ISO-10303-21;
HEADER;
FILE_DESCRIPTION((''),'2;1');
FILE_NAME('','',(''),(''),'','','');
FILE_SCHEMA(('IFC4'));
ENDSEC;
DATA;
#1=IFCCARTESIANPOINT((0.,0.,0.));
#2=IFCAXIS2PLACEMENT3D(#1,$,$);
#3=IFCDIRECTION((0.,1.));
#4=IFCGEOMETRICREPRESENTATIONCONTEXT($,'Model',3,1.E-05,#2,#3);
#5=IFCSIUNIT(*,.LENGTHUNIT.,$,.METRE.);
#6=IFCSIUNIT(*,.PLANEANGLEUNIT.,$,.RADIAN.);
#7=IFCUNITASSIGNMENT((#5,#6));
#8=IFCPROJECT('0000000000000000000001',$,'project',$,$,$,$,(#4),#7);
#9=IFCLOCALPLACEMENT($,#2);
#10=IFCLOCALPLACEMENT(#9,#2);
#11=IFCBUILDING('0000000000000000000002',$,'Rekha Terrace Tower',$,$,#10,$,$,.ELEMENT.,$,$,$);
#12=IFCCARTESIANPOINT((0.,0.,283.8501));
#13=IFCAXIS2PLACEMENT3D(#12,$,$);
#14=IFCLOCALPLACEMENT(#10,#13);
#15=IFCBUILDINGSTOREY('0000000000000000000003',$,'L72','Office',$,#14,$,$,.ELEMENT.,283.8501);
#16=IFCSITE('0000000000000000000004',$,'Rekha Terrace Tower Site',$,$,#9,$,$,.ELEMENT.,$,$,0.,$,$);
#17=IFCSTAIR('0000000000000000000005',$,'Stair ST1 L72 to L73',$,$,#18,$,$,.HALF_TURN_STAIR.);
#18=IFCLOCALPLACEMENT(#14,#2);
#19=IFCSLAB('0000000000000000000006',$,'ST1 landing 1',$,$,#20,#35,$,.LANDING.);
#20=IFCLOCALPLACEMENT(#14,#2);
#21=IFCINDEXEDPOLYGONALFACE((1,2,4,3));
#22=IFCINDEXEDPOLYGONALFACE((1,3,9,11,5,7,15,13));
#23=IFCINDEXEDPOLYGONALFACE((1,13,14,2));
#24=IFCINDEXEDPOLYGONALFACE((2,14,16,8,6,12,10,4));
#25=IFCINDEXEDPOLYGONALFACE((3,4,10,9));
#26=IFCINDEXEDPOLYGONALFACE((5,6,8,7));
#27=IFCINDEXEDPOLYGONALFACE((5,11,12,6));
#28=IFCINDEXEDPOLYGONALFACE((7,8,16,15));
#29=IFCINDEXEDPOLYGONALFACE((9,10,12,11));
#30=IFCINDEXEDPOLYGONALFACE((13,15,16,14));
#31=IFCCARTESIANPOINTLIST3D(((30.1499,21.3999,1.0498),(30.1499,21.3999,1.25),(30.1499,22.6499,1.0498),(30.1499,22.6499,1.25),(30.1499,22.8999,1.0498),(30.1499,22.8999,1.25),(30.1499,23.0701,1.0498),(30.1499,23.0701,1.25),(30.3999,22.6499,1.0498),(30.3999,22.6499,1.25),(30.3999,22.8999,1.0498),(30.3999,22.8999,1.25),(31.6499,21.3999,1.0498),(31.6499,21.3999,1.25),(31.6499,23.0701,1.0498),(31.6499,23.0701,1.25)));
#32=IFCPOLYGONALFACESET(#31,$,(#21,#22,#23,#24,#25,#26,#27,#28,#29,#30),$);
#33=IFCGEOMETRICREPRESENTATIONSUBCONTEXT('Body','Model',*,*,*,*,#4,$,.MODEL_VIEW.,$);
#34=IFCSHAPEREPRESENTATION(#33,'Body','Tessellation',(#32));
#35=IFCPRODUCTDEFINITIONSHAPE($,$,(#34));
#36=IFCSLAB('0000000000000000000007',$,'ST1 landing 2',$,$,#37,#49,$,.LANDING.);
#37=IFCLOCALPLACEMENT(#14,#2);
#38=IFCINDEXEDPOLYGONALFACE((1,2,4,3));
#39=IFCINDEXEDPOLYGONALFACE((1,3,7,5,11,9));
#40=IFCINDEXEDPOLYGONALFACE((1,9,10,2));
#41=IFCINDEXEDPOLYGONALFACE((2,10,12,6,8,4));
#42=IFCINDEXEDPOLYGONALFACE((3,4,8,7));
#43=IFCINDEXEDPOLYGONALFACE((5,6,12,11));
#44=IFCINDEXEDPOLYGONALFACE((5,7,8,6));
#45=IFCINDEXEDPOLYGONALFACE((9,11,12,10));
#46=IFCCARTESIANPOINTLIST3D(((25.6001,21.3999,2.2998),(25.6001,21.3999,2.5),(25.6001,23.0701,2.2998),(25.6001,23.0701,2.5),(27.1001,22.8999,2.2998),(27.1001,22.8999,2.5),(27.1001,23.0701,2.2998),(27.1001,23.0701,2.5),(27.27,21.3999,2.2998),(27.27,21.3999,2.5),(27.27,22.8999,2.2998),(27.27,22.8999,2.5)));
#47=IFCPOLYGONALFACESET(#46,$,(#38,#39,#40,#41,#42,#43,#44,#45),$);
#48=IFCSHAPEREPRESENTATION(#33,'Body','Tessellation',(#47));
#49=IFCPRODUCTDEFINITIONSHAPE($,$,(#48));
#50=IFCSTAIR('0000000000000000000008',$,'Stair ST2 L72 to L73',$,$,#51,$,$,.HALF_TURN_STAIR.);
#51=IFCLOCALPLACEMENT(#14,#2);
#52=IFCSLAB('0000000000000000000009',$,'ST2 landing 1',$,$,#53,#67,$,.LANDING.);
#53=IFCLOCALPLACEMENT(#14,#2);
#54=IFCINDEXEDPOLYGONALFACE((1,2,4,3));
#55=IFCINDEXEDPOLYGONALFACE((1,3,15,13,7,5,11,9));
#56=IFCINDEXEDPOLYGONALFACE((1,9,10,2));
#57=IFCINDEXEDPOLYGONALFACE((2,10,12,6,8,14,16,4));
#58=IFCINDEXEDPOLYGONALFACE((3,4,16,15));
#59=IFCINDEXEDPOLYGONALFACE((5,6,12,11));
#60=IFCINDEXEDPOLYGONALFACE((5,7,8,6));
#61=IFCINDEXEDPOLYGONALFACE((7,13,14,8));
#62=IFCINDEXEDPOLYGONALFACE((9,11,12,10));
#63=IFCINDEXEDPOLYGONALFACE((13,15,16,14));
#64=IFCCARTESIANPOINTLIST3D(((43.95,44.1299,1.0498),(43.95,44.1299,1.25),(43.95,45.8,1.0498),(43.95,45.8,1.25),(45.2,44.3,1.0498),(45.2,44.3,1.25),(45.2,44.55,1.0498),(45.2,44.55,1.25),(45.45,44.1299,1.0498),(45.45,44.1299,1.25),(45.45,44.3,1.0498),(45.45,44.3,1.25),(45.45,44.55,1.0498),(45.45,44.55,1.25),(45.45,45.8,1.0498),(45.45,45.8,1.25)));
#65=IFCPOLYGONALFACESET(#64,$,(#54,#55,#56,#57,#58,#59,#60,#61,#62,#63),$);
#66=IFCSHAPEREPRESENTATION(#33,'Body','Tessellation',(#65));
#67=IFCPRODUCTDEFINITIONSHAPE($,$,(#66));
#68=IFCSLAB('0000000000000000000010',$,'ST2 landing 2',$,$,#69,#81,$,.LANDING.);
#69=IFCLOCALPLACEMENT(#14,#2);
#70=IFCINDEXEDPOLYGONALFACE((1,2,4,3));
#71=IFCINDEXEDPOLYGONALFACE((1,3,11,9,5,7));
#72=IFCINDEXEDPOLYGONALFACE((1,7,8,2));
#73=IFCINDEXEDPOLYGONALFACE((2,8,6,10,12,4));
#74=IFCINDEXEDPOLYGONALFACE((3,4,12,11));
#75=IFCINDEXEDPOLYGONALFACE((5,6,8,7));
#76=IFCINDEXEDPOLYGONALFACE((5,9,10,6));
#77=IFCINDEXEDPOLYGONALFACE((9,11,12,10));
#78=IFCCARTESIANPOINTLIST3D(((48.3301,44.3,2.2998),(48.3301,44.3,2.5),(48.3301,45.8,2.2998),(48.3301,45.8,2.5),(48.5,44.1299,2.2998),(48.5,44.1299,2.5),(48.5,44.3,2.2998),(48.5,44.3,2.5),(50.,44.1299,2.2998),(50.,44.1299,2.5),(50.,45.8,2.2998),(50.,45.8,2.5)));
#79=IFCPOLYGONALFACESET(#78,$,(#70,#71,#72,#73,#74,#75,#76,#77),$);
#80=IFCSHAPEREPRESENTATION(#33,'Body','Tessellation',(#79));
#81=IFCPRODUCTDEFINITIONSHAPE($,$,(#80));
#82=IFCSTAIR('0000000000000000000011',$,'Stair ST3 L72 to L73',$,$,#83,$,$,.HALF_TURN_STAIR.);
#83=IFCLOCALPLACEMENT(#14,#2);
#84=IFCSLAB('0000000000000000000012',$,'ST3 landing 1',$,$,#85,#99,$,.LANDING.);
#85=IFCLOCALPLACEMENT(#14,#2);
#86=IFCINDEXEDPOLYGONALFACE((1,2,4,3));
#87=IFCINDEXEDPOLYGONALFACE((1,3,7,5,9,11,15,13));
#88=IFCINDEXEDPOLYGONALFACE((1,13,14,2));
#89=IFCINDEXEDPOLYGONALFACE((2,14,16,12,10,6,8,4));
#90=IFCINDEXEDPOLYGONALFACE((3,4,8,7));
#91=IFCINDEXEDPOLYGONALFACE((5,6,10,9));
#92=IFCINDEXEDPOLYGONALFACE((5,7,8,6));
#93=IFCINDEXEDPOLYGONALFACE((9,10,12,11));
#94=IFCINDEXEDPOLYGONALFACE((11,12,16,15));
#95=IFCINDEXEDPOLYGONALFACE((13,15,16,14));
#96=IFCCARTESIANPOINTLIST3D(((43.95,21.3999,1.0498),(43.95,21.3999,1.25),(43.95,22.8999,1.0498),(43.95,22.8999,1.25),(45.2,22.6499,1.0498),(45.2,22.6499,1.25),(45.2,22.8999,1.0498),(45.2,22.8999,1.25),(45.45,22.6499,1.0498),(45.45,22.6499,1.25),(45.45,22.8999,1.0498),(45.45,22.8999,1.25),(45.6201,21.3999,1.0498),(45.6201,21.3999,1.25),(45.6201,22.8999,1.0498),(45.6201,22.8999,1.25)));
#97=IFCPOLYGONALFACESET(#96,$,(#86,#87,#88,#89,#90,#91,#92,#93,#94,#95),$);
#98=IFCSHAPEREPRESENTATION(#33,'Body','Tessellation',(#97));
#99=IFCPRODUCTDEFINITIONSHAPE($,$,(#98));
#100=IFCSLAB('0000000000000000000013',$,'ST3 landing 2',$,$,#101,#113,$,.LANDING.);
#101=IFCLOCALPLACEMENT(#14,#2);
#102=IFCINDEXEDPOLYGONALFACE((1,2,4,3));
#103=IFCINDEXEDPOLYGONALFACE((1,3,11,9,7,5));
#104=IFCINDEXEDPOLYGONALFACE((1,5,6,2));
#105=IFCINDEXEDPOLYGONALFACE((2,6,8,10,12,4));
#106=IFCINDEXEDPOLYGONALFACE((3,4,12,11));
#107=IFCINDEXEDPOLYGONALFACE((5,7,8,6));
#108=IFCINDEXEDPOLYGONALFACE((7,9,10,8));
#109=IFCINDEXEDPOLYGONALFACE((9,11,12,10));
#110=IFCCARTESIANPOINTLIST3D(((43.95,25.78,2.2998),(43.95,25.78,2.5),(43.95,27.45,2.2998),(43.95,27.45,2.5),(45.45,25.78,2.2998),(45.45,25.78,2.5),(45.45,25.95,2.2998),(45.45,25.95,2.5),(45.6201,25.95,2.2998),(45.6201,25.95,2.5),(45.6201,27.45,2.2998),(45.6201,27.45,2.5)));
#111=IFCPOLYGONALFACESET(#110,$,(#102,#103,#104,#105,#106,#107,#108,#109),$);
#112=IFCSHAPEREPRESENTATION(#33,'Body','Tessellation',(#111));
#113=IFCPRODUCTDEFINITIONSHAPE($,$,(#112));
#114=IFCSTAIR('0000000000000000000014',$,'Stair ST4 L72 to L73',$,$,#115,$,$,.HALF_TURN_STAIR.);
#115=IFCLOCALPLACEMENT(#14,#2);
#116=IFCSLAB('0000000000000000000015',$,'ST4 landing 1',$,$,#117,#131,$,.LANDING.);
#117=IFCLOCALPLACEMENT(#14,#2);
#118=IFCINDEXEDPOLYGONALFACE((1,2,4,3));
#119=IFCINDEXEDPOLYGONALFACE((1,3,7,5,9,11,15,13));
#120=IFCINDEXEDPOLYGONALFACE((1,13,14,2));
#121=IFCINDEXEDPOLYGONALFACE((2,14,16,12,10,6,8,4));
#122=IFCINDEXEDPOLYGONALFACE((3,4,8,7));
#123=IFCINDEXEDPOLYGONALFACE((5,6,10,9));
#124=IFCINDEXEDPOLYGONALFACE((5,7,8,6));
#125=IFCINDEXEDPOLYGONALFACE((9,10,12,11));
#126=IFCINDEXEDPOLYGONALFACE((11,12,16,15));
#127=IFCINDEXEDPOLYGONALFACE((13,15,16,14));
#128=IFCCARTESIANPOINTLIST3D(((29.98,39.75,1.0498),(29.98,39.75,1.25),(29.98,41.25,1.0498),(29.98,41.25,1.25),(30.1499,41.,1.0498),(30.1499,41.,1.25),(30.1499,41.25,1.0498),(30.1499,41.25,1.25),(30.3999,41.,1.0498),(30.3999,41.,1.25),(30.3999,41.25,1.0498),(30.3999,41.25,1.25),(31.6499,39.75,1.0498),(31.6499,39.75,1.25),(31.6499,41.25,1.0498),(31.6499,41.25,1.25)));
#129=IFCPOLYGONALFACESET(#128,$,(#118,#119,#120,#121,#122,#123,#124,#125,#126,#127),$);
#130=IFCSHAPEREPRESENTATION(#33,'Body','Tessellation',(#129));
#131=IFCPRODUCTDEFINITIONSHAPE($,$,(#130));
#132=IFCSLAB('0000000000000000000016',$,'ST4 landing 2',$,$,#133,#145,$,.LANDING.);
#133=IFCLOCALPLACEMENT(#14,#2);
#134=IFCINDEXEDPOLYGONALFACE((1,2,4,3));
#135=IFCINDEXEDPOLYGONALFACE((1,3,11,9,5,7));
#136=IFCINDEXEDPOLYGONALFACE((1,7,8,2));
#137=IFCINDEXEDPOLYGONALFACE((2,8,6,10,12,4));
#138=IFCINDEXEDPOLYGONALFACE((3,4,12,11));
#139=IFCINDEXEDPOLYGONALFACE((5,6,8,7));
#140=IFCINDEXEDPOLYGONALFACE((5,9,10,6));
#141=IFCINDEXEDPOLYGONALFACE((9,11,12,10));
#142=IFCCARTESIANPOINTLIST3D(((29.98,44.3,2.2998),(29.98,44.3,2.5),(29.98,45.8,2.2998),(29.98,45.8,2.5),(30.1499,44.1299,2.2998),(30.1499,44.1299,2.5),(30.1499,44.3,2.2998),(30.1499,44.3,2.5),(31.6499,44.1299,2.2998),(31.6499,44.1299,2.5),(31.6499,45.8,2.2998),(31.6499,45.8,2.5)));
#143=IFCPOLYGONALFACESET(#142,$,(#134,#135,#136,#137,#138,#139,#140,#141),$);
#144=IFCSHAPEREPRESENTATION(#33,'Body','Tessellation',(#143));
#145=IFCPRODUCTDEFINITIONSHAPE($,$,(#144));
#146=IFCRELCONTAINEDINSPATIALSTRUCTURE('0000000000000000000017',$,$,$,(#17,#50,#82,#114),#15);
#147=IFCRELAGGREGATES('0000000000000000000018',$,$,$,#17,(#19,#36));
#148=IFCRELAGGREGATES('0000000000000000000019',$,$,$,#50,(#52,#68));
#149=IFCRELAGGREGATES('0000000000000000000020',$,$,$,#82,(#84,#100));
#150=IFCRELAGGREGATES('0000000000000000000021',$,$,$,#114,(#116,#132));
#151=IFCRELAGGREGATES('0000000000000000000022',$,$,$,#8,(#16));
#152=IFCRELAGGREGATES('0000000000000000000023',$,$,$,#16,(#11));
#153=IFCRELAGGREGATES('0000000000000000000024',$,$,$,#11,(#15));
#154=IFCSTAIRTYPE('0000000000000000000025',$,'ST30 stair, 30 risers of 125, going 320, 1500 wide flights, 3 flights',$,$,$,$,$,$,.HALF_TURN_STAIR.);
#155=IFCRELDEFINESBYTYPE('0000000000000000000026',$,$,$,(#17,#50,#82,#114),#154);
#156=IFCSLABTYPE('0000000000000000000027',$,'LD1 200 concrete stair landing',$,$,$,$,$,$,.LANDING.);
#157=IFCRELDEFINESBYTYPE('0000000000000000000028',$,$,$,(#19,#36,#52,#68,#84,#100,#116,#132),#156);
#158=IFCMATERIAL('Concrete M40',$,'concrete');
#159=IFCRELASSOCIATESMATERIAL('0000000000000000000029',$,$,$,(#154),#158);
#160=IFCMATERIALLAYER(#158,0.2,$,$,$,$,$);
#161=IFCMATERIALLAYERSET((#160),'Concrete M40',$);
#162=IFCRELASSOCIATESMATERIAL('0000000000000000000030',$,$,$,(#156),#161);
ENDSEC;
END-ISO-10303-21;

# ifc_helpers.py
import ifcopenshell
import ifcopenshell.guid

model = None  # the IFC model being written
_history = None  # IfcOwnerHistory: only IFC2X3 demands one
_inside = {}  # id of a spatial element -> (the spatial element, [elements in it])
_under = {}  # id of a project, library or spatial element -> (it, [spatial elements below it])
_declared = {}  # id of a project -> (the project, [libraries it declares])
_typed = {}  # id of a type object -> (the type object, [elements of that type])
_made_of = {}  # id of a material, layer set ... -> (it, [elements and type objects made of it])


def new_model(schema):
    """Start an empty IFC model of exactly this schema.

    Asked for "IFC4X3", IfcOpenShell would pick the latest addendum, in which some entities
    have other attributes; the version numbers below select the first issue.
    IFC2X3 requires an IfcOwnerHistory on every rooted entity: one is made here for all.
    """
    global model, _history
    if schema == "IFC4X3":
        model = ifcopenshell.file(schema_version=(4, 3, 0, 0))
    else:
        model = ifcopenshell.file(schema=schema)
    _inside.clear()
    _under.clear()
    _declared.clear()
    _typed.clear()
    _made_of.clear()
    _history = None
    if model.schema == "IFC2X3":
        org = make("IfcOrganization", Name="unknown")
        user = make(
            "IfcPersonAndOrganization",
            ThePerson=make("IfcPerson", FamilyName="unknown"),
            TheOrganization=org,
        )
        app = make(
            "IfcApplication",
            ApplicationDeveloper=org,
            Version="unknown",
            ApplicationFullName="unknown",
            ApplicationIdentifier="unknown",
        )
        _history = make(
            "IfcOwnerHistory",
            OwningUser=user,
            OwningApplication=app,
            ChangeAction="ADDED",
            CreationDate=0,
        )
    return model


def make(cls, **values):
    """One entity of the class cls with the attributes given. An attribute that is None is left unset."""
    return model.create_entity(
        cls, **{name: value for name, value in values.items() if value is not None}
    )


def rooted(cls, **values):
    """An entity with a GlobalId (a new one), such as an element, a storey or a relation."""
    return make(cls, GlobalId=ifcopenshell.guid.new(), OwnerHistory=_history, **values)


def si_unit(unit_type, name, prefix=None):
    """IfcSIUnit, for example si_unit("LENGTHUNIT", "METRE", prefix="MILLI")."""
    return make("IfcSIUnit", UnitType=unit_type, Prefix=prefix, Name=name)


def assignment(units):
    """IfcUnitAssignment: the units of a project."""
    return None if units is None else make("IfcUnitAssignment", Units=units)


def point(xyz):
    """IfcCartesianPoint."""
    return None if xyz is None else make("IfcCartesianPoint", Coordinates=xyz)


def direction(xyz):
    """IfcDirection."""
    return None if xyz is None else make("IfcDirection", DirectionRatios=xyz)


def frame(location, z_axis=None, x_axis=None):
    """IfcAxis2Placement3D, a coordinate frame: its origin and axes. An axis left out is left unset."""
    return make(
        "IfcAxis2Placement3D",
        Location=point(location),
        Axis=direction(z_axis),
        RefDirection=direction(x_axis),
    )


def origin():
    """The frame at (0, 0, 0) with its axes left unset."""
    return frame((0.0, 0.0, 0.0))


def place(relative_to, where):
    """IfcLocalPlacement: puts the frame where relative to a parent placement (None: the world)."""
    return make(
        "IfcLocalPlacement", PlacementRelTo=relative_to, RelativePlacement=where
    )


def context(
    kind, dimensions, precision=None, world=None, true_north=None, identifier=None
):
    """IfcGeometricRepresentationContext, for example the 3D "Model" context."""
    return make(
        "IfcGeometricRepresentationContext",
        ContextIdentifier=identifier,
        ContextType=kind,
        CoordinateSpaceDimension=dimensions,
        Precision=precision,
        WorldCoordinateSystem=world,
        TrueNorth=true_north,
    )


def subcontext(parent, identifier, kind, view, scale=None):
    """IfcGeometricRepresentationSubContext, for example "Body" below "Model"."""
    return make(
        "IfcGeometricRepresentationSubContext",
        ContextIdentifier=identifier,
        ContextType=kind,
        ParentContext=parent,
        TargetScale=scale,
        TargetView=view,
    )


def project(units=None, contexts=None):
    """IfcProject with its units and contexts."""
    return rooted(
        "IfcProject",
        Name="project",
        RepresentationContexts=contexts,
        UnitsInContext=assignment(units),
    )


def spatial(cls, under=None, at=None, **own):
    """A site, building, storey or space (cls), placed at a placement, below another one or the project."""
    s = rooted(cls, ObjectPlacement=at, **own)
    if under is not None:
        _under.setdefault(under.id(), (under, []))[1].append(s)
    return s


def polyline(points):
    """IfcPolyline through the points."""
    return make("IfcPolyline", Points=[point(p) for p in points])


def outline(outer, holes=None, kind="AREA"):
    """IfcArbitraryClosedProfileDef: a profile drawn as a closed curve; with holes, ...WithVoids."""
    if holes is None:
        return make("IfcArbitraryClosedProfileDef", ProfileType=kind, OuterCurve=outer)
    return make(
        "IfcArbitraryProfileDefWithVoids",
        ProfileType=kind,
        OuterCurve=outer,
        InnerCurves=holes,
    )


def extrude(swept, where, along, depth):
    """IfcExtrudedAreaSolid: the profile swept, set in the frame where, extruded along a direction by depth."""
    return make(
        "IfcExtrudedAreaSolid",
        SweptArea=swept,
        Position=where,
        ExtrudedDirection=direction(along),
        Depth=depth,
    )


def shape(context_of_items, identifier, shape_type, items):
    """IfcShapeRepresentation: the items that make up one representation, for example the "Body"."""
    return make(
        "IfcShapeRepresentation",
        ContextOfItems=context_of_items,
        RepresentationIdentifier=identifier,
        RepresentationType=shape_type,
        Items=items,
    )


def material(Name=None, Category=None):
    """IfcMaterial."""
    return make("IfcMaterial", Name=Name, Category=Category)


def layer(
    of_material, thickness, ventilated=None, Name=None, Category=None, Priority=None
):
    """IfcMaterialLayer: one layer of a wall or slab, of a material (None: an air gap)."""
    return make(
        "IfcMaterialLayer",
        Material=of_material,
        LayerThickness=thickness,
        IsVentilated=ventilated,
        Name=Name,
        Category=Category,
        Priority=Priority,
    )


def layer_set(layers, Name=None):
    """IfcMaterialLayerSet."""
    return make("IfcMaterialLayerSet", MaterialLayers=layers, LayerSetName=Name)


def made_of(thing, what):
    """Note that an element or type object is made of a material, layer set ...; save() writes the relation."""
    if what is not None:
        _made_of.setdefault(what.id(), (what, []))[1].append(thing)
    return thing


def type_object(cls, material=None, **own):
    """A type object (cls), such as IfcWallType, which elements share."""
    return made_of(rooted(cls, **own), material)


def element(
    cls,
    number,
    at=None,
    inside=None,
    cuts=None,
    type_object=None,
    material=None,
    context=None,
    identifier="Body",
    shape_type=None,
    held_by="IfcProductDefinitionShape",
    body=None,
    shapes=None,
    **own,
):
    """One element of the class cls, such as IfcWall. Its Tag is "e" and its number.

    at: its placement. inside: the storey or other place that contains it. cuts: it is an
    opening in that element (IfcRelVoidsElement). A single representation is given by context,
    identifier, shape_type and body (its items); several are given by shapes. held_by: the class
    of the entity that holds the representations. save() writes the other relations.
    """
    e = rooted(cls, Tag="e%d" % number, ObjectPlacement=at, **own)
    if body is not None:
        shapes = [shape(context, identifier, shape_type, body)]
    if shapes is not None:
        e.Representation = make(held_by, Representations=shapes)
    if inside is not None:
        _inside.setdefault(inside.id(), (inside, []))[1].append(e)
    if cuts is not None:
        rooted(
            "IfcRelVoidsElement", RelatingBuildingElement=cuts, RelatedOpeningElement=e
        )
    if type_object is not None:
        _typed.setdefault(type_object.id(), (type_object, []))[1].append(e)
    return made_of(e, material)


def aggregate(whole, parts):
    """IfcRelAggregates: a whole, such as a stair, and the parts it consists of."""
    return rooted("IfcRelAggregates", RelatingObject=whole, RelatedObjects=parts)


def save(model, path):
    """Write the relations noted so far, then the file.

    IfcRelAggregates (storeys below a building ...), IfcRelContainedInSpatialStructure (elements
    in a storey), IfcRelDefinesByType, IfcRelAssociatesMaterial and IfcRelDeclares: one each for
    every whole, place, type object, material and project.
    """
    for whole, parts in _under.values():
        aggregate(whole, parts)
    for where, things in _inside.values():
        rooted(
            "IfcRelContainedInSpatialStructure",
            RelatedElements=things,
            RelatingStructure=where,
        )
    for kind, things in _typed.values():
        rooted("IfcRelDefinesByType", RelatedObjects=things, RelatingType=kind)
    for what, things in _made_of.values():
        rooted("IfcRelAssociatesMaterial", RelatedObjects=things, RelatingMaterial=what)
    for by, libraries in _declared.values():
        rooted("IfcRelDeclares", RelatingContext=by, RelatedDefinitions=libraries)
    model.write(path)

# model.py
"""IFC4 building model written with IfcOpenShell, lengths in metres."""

from ifc_helpers import new_model, si_unit, direction, frame, origin, place, context, subcontext, project, spatial, polyline, outline, extrude, material, layer, layer_set, type_object, element, aggregate, save


model = new_model("IFC4")

# Units and contexts
model_context = context("Model", 3, precision=1e-05, world=origin(), true_north=direction((0.0, 1.0)))
body_context = subcontext(model_context, "Body", "Model", "MODEL_VIEW")
ifc_project = project(units=[si_unit("LENGTHUNIT", "METRE"), si_unit("PLANEANGLEUNIT", "RADIAN")], contexts=[model_context])

# Site, building, storey
site_placement = place(None, origin())
site = spatial("IfcSite", under=ifc_project, at=site_placement, Name="Rekha Terrace Tower Site", CompositionType="ELEMENT", RefElevation=0.0)
building_placement = place(site_placement, origin())
building = spatial("IfcBuilding", under=site, at=building_placement, Name="Rekha Terrace Tower", CompositionType="ELEMENT")
storey_placement = place(building_placement, frame((0.0, 0.0, 283.8501)))
storey = spatial("IfcBuildingStorey", under=building, at=storey_placement, Name="L72", Description="Office", CompositionType="ELEMENT", Elevation=283.8501)

# Stairs, slabs
ifc_material_1 = material(Name="Concrete M40", Category="concrete")
stair_type = type_object("IfcStairType", Name="ST30 stair, 30 risers of 125, going 320, 1500 wide flights, 3 flights", PredefinedType="HALF_TURN_STAIR", material=ifc_material_1)
stair_1_placement = place(storey_placement, origin())
stair_1 = element("IfcStair", 1, at=stair_1_placement, inside=storey, type_object=stair_type, Name="Stair ST1 L72 to L73", PredefinedType="HALF_TURN_STAIR")
ifc_layer_1 = layer(ifc_material_1, 0.2)
ifc_layer_set_1 = layer_set([ifc_layer_1], Name="Concrete M40")
slab_type_1 = type_object("IfcSlabType", Name="LD1 200 concrete stair landing", PredefinedType="LANDING", material=ifc_layer_set_1)
slab_1_placement = place(storey_placement, frame((0.0, 0.0, 1.0498)))
slab_1 = element("IfcSlab", 2, at=slab_1_placement, type_object=slab_type_1, Name="ST1 landing 1", PredefinedType="LANDING", context=body_context, shape_type="SweptSolid", body=[
    extrude(outline(polyline([(30.1499, 21.3999), (31.6499, 21.3999), (31.6499, 23.0701), (30.1499, 23.0701), (30.1499, 22.8999), (30.3999, 22.8999), (30.3999, 22.6499), (30.1499, 22.6499), (30.1499, 21.3999)])), origin(), (0.0, 0.0, 1.0), 0.2002),
])
slab_2_placement = place(storey_placement, frame((0.0, 0.0, 2.2998)))
slab_2 = element("IfcSlab", 3, at=slab_2_placement, type_object=slab_type_1, Name="ST1 landing 2", PredefinedType="LANDING", context=body_context, shape_type="SweptSolid", body=[
    extrude(outline(polyline([(27.1001, 23.0701), (25.6001, 23.0701), (25.6001, 21.3999), (27.27, 21.3999), (27.27, 22.8999), (27.1001, 22.8999), (27.1001, 23.0701)])), origin(), (0.0, 0.0, 1.0), 0.2002),
])
aggregate(stair_1, [slab_1, slab_2])
stair_2_placement = place(storey_placement, origin())
stair_2 = element("IfcStair", 4, at=stair_2_placement, inside=storey, type_object=stair_type, Name="Stair ST2 L72 to L73", PredefinedType="HALF_TURN_STAIR")
slab_3_placement = place(storey_placement, frame((0.0, 0.0, 1.0498)))
slab_3 = element("IfcSlab", 5, at=slab_3_placement, type_object=slab_type_1, Name="ST2 landing 1", PredefinedType="LANDING", context=body_context, shape_type="SweptSolid", body=[
    extrude(outline(polyline([(45.45, 45.8), (43.95, 45.8), (43.95, 44.1299), (45.45, 44.1299), (45.45, 44.3), (45.2, 44.3), (45.2, 44.55), (45.45, 44.55), (45.45, 45.8)])), origin(), (0.0, 0.0, 1.0), 0.2002),
])
slab_4_placement = place(storey_placement, frame((0.0, 0.0, 2.2998)))
slab_4 = element("IfcSlab", 6, at=slab_4_placement, type_object=slab_type_1, Name="ST2 landing 2", PredefinedType="LANDING", context=body_context, shape_type="SweptSolid", body=[
    extrude(outline(polyline([(48.5, 44.1299), (50.0, 44.1299), (50.0, 45.8), (48.3301, 45.8), (48.3301, 44.3), (48.5, 44.3), (48.5, 44.1299)])), origin(), (0.0, 0.0, 1.0), 0.2002),
])
aggregate(stair_2, [slab_3, slab_4])
stair_3_placement = place(storey_placement, origin())
stair_3 = element("IfcStair", 7, at=stair_3_placement, inside=storey, type_object=stair_type, Name="Stair ST3 L72 to L73", PredefinedType="HALF_TURN_STAIR")
slab_5_placement = place(storey_placement, frame((0.0, 0.0, 1.0498)))
slab_5 = element("IfcSlab", 8, at=slab_5_placement, type_object=slab_type_1, Name="ST3 landing 1", PredefinedType="LANDING", context=body_context, shape_type="SweptSolid", body=[
    extrude(outline(polyline([(43.95, 22.8999), (43.95, 21.3999), (45.6201, 21.3999), (45.6201, 22.8999), (45.45, 22.8999), (45.45, 22.6499), (45.2, 22.6499), (45.2, 22.8999), (43.95, 22.8999)])), origin(), (0.0, 0.0, 1.0), 0.2002),
])
slab_6_placement = place(storey_placement, frame((0.0, 0.0, 2.2998)))
slab_6 = element("IfcSlab", 9, at=slab_6_placement, type_object=slab_type_1, Name="ST3 landing 2", PredefinedType="LANDING", context=body_context, shape_type="SweptSolid", body=[
    extrude(outline(polyline([(45.6201, 25.95), (45.6201, 27.45), (43.95, 27.45), (43.95, 25.78), (45.45, 25.78), (45.45, 25.95), (45.6201, 25.95)])), origin(), (0.0, 0.0, 1.0), 0.2002),
])
aggregate(stair_3, [slab_5, slab_6])
stair_4_placement = place(storey_placement, origin())
stair_4 = element("IfcStair", 10, at=stair_4_placement, inside=storey, type_object=stair_type, Name="Stair ST4 L72 to L73", PredefinedType="HALF_TURN_STAIR")
slab_7_placement = place(storey_placement, frame((0.0, 0.0, 1.0498)))
slab_7 = element("IfcSlab", 11, at=slab_7_placement, type_object=slab_type_1, Name="ST4 landing 1", PredefinedType="LANDING", context=body_context, shape_type="SweptSolid", body=[
    extrude(outline(polyline([(31.6499, 41.25), (31.6499, 39.75), (29.98, 39.75), (29.98, 41.25), (30.1499, 41.25), (30.1499, 41.0), (30.3999, 41.0), (30.3999, 41.25), (31.6499, 41.25)])), origin(), (0.0, 0.0, 1.0), 0.2002),
])
slab_8_placement = place(storey_placement, frame((0.0, 0.0, 2.2998)))
slab_8 = element("IfcSlab", 12, at=slab_8_placement, type_object=slab_type_1, Name="ST4 landing 2", PredefinedType="LANDING", context=body_context, shape_type="SweptSolid", body=[
    extrude(outline(polyline([(29.98, 44.3), (29.98, 45.8), (31.6499, 45.8), (31.6499, 44.1299), (30.1499, 44.1299), (30.1499, 44.3), (29.98, 44.3)])), origin(), (0.0, 0.0, 1.0), 0.2002),
])
aggregate(stair_4, [slab_7, slab_8])

save(model, "model.ifc")
